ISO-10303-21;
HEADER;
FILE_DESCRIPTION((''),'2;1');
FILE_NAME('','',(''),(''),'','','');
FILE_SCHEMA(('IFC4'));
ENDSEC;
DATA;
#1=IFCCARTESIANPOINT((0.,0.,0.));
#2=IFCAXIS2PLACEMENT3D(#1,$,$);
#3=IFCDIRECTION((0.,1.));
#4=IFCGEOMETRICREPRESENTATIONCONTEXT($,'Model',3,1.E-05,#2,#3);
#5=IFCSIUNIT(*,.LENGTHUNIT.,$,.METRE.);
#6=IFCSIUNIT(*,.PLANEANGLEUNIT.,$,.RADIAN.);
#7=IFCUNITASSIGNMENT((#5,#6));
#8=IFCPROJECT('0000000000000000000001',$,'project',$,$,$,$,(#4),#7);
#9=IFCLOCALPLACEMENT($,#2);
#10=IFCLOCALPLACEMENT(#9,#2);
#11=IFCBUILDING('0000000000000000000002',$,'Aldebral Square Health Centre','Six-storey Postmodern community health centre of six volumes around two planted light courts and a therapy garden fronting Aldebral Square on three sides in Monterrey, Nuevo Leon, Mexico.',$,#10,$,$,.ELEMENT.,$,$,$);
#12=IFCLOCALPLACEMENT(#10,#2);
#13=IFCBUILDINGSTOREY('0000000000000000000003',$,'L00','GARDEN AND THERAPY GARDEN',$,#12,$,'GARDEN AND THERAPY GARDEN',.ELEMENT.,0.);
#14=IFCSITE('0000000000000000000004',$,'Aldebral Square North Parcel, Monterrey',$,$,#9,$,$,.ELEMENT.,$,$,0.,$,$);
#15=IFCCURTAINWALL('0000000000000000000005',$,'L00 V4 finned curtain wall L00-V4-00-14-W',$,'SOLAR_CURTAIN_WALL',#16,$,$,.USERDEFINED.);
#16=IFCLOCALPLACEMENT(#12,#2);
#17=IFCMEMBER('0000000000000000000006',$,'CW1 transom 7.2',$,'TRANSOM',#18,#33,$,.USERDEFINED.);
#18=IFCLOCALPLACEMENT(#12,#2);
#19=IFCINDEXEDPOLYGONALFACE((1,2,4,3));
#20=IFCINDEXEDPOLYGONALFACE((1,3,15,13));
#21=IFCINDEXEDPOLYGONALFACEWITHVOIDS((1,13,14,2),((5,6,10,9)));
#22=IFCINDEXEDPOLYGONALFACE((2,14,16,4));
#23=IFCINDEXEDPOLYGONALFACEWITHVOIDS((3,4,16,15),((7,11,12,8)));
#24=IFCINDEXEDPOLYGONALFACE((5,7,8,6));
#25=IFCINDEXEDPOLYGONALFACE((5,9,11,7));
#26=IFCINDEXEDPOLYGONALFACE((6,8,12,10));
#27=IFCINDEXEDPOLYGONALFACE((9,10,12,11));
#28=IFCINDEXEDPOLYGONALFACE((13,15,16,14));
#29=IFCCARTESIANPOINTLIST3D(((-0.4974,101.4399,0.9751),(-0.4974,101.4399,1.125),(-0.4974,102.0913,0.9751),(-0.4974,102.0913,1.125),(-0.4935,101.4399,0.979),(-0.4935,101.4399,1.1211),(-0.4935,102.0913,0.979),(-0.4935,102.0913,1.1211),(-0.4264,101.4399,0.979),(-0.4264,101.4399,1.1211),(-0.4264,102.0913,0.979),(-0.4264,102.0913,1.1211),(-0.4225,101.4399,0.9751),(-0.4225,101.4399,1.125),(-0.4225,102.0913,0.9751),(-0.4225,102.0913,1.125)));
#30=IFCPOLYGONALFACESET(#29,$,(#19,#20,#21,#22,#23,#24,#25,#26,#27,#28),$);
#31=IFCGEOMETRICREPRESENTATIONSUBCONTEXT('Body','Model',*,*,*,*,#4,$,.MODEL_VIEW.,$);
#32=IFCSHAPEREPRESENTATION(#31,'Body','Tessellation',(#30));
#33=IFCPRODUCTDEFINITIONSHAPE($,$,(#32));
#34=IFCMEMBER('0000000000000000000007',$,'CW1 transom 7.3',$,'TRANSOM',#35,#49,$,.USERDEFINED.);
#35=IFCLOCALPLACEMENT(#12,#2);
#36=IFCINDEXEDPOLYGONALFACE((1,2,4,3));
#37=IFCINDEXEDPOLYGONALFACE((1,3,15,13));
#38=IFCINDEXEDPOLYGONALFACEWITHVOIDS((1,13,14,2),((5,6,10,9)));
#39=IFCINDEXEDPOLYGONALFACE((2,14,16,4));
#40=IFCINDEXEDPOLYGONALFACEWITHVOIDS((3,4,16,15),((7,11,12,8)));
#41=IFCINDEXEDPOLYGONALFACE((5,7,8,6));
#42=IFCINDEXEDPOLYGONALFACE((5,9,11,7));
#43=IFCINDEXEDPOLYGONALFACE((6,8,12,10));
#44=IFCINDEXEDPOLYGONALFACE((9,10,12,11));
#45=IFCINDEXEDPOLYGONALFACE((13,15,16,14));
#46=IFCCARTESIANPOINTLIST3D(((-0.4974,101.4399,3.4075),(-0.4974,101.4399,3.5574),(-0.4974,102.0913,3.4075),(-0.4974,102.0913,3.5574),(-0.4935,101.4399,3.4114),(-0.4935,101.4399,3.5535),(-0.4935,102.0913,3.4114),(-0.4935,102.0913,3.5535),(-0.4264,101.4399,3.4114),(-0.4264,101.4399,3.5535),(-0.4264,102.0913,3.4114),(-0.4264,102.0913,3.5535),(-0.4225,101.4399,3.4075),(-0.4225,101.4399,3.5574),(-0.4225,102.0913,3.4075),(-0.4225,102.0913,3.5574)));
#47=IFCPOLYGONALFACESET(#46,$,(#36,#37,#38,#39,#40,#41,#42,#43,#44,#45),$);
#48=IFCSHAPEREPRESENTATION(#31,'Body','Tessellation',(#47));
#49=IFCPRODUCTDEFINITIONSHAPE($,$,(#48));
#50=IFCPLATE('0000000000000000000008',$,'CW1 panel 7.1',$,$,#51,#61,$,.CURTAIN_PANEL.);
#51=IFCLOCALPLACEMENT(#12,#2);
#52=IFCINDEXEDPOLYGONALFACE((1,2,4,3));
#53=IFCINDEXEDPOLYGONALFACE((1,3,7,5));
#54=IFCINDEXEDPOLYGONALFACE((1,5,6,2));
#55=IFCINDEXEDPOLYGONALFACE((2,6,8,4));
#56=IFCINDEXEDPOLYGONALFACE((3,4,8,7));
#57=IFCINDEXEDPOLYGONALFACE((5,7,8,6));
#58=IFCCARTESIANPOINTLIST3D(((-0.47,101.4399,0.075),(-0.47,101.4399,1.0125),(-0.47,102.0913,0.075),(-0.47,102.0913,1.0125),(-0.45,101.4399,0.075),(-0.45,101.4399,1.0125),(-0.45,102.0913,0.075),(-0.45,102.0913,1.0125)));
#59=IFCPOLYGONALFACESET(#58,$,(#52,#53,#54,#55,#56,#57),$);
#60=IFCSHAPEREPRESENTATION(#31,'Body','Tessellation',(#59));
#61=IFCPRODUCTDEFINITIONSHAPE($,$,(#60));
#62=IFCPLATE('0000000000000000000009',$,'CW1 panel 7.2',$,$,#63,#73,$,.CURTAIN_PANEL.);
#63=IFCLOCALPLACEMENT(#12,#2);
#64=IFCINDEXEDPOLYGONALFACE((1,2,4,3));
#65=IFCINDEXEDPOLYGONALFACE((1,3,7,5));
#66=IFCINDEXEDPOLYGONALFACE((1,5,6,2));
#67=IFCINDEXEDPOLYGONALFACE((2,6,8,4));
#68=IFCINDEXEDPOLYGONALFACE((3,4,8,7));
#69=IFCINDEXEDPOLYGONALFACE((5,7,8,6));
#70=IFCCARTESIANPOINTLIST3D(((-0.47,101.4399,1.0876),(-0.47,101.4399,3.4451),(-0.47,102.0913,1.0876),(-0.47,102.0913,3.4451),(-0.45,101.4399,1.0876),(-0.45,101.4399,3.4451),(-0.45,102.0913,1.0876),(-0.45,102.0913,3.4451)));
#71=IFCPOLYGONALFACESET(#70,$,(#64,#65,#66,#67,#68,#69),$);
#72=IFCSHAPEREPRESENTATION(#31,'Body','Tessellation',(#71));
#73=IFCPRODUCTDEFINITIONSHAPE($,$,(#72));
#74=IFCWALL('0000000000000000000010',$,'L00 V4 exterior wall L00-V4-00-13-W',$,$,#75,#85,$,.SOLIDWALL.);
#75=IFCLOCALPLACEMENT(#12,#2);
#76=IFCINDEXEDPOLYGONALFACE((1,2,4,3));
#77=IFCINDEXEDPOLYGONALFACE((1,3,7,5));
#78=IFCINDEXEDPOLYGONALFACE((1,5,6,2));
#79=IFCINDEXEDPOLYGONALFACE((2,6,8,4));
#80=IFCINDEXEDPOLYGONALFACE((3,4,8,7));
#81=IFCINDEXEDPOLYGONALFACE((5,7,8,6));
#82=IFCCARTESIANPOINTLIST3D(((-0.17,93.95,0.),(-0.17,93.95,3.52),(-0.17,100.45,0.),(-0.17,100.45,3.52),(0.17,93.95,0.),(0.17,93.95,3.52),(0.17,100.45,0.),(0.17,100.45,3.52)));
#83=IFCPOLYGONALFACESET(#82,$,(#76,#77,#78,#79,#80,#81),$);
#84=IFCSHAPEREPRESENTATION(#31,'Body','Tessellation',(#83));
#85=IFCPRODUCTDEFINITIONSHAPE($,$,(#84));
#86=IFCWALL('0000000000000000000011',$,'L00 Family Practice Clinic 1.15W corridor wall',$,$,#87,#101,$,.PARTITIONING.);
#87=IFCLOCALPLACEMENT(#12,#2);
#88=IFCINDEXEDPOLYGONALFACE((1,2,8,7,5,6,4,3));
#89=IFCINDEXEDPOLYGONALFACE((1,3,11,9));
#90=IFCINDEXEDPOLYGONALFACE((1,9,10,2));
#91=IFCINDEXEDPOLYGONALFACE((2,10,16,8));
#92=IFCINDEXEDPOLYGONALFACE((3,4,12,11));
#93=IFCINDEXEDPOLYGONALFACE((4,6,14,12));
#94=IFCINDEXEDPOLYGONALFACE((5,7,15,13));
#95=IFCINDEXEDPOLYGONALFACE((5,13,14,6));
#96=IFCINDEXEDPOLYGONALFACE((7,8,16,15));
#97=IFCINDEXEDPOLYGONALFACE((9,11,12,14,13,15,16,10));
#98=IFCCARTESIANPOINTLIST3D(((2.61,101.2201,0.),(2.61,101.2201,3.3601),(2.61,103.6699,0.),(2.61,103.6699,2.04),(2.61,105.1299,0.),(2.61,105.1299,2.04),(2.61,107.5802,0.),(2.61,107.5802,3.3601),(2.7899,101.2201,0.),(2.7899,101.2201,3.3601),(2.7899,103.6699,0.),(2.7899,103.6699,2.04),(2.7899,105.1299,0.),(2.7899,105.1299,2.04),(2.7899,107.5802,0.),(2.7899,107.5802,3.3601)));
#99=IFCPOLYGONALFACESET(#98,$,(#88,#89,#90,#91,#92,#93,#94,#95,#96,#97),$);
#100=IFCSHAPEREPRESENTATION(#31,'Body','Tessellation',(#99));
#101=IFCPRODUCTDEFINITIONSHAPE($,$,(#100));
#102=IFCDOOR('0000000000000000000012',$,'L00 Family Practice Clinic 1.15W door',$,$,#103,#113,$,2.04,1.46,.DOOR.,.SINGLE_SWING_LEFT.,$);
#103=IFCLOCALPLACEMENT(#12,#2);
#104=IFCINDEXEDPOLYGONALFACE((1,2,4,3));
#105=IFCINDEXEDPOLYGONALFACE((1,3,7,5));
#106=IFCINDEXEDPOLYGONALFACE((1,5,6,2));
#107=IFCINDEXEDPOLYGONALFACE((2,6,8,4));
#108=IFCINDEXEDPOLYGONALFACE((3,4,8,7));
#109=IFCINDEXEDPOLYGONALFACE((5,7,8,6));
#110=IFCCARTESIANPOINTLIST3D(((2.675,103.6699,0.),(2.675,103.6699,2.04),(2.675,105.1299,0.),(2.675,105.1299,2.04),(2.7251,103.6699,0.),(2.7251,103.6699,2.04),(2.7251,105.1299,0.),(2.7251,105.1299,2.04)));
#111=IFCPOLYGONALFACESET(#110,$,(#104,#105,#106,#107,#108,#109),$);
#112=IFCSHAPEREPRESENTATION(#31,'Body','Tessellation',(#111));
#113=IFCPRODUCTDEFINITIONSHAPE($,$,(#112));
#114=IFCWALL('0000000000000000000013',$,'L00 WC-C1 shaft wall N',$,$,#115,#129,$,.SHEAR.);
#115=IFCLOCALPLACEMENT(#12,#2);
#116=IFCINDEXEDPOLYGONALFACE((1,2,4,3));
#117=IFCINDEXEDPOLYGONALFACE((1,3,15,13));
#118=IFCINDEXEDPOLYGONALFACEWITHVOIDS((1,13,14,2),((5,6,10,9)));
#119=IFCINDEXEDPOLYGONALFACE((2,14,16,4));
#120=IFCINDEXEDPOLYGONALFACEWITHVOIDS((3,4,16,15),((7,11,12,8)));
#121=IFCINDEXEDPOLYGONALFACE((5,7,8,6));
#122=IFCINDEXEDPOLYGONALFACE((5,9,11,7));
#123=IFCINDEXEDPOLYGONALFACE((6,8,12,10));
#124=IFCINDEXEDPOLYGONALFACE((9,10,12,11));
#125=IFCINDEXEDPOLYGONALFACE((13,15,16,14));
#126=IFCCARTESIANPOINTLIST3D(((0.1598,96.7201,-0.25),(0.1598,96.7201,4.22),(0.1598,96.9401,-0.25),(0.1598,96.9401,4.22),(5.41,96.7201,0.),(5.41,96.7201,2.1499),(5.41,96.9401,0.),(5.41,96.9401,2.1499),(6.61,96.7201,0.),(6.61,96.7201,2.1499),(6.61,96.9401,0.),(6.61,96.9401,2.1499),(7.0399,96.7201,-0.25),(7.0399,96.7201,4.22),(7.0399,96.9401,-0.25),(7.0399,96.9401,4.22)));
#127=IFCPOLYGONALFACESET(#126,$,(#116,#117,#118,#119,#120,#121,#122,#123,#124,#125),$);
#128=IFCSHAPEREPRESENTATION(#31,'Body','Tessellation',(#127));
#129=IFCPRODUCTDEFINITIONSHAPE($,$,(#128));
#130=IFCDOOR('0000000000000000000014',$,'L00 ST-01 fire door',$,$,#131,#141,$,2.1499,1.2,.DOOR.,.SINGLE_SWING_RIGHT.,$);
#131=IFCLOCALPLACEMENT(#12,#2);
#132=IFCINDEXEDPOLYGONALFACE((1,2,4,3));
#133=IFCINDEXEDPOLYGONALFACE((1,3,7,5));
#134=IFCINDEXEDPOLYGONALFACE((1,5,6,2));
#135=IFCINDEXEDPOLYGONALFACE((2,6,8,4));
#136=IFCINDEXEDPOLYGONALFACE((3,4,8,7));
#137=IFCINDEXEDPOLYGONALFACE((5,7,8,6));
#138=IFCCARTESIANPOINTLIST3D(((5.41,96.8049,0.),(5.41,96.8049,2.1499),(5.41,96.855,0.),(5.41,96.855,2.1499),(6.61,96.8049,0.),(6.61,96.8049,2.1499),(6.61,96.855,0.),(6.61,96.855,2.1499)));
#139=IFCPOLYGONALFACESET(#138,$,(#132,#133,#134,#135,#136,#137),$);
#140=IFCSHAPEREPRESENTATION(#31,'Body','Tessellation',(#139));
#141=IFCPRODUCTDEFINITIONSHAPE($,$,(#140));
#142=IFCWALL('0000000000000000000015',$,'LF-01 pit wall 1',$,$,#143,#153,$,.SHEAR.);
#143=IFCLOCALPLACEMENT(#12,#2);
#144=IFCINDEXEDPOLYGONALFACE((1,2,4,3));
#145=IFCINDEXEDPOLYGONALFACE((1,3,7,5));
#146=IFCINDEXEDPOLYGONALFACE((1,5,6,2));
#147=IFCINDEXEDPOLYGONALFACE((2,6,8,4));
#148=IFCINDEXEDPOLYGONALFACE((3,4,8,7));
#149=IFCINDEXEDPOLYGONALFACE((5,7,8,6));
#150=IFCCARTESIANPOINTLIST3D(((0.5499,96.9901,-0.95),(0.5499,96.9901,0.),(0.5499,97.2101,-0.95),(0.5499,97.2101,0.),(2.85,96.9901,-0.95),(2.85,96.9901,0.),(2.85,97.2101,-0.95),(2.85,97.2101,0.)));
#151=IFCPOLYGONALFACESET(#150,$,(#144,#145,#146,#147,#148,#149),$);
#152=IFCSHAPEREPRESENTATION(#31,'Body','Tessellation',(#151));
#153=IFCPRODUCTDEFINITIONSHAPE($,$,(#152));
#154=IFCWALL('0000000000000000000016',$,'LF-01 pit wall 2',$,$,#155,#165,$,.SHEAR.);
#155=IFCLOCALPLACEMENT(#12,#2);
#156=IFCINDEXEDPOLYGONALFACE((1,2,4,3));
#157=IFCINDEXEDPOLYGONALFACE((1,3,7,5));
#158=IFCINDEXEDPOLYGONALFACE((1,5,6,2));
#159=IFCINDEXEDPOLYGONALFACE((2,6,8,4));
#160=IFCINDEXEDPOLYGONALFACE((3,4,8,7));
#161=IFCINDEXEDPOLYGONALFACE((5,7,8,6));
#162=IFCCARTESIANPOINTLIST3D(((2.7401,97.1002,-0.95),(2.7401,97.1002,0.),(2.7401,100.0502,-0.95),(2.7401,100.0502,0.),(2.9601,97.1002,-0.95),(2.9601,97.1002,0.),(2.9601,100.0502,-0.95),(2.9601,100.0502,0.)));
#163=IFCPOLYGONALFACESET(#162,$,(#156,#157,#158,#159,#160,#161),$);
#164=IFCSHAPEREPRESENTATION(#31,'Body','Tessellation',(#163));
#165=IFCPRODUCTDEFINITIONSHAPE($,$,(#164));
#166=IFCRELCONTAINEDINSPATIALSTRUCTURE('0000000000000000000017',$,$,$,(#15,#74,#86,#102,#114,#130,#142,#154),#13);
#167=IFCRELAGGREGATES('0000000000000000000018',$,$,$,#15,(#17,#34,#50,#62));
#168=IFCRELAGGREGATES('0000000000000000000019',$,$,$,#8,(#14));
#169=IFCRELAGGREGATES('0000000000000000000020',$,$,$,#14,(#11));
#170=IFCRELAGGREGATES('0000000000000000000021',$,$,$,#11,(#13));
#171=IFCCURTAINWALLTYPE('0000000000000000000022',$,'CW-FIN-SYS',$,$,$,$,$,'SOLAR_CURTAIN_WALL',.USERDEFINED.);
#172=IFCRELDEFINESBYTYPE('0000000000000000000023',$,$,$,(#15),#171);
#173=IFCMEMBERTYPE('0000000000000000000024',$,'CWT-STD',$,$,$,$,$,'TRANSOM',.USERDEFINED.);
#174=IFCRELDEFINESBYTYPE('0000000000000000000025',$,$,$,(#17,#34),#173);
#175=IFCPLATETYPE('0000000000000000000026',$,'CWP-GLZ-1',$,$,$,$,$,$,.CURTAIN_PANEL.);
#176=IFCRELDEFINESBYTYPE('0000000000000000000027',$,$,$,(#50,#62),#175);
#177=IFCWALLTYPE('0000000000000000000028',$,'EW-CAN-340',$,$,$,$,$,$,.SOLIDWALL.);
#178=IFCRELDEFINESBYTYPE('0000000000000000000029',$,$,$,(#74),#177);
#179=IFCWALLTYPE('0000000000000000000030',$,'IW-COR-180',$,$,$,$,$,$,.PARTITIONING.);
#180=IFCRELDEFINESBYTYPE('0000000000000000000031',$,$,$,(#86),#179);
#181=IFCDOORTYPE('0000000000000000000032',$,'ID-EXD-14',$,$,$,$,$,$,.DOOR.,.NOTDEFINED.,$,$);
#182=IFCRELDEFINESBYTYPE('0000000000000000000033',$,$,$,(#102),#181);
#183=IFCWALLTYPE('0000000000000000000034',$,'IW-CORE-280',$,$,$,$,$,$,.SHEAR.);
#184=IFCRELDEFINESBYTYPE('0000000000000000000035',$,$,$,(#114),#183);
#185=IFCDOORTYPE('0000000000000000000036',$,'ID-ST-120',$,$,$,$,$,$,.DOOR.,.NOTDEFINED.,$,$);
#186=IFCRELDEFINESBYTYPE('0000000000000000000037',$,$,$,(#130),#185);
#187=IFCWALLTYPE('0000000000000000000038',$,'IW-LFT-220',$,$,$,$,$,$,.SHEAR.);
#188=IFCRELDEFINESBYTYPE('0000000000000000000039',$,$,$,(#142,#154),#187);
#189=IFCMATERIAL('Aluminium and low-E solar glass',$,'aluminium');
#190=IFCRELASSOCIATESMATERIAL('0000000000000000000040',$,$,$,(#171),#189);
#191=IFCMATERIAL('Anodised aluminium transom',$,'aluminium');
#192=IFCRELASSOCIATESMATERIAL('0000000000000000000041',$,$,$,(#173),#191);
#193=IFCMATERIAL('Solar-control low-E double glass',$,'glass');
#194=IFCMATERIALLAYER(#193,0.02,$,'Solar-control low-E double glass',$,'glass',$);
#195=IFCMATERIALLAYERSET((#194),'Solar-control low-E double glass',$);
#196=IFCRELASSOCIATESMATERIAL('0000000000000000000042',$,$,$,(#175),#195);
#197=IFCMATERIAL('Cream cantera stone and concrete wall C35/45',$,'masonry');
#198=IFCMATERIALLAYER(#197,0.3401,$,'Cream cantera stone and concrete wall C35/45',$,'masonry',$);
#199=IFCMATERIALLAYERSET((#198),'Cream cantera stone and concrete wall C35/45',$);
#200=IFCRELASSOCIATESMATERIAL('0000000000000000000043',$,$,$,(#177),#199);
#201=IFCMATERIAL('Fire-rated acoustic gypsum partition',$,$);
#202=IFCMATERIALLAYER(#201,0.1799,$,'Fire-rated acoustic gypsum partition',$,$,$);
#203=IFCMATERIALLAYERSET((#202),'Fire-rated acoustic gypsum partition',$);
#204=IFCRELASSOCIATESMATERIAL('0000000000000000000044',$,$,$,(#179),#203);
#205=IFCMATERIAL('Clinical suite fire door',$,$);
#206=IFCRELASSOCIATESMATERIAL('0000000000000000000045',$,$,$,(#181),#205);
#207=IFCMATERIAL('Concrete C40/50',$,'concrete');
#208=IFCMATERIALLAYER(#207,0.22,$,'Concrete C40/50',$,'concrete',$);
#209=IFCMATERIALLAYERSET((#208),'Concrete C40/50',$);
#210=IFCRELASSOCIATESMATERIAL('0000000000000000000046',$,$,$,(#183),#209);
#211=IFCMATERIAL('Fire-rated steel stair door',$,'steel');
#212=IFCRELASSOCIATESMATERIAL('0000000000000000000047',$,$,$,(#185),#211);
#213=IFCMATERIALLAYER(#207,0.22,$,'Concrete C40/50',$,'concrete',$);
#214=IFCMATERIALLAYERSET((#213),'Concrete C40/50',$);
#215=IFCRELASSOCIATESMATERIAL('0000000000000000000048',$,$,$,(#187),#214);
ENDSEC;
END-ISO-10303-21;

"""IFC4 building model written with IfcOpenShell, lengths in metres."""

from ifc_helpers import new_model, si_unit, direction, frame, frame_2d, origin, origin_2d, place, context, subcontext, project, spatial, rectangle, hollow_rectangle, extrude, material, layer, layer_set, material_profile, profile_set, type_object, element, fill, aggregate, save


model = new_model("IFC4")

# Units and contexts
model_context = context("Model", 3, precision=1e-05, world=origin(), true_north=direction((0.0, 1.0)))
body_context = subcontext(model_context, "Body", "Model", "MODEL_VIEW")
ifc_project = project(units=[si_unit("LENGTHUNIT", "METRE"), si_unit("PLANEANGLEUNIT", "RADIAN")], contexts=[model_context])

# Site, building, storey
site_placement = place(None, origin())
site = spatial("IfcSite", under=ifc_project, at=site_placement, Name="Aldebral Square North Parcel, Monterrey", CompositionType="ELEMENT", RefElevation=0.0)
building_placement = place(site_placement, origin())
building = spatial("IfcBuilding", under=site, at=building_placement, Name="Aldebral Square Health Centre", Description="Six-storey Postmodern community health centre of six volumes around two planted light courts and a therapy garden fronting Aldebral Square on three sides in Monterrey, Nuevo Leon, Mexico.", CompositionType="ELEMENT")
storey_placement = place(building_placement, origin())
storey = spatial("IfcBuildingStorey", under=building, at=storey_placement, Name="L00", Description="GARDEN AND THERAPY GARDEN", LongName="GARDEN AND THERAPY GARDEN", CompositionType="ELEMENT", Elevation=0.0)

# Shared definitions
ifc_material_1 = material(Name="Concrete C40/50", Category="concrete")

# Curtain wall, members, plates
ifc_material_2 = material(Name="Aluminium and low-E solar glass", Category="aluminium")
curtain_wall_type = type_object("IfcCurtainWallType", Name="CW-FIN-SYS", ElementType="SOLAR_CURTAIN_WALL", PredefinedType="USERDEFINED", material=ifc_material_2)
curtain_wall_placement = place(storey_placement, origin())
curtain_wall = element("IfcCurtainWall", 1, at=curtain_wall_placement, inside=storey, type_object=curtain_wall_type, Name="L00 V4 finned curtain wall L00-V4-00-14-W", ObjectType="SOLAR_CURTAIN_WALL", PredefinedType="USERDEFINED")
ifc_material_3 = material(Name="Anodised aluminium transom", Category="aluminium")
ifc_material_profile_1 = material_profile(ifc_material_3, hollow_rectangle(XDim=0.075, YDim=0.1499, WallThickness=0.0039, at=origin_2d()), Name="CWT 75x150x4")
ifc_profile_set_1 = profile_set([ifc_material_profile_1], Name="Anodised aluminium transom")
member_type_1 = type_object("IfcMemberType", Name="CWT-STD", ElementType="TRANSOM", PredefinedType="USERDEFINED", material=ifc_profile_set_1)
member_1_placement = place(storey_placement, frame((-0.46, 102.0913, 1.05), z_axis=(0.0, -1.0, 0.0), x_axis=(1.0, 0.0, 0.0)))
member_1 = element("IfcMember", 2, at=member_1_placement, type_object=member_type_1, Name="CW1 transom 7.2", ObjectType="TRANSOM", PredefinedType="USERDEFINED", context=body_context, shape_type="SweptSolid", body=[
    extrude(hollow_rectangle(XDim=0.075, YDim=0.1499, WallThickness=0.0039, at=origin_2d()), origin(), (0.0, 0.0, 1.0), 0.6514),
])
member_2_placement = place(storey_placement, frame((-0.46, 102.0913, 3.4824), z_axis=(0.0, -1.0, 0.0), x_axis=(1.0, 0.0, 0.0)))
member_2 = element("IfcMember", 3, at=member_2_placement, type_object=member_type_1, Name="CW1 transom 7.3", ObjectType="TRANSOM", PredefinedType="USERDEFINED", context=body_context, shape_type="SweptSolid", body=[
    extrude(hollow_rectangle(XDim=0.075, YDim=0.1499, WallThickness=0.0039, at=origin_2d()), origin(), (0.0, 0.0, 1.0), 0.6514),
])
ifc_material_4 = material(Name="Solar-control low-E double glass", Category="glass")
ifc_layer_1 = layer(ifc_material_4, 0.02, Name="Solar-control low-E double glass", Category="glass")
ifc_layer_set_1 = layer_set([ifc_layer_1], Name="Solar-control low-E double glass")
plate_type = type_object("IfcPlateType", Name="CWP-GLZ-1", PredefinedType="CURTAIN_PANEL", material=ifc_layer_set_1)
plate_1_placement = place(storey_placement, frame((-0.46, 101.7656, 0.075), z_axis=(0.0, 0.0, 1.0), x_axis=(0.0, -1.0, 0.0)))
plate_1 = element("IfcPlate", 4, at=plate_1_placement, type_object=plate_type, Name="CW1 panel 7.1", PredefinedType="CURTAIN_PANEL", context=body_context, shape_type="SweptSolid", body=[
    extrude(rectangle(XDim=0.6514, YDim=0.02, at=origin_2d()), origin(), (0.0, 0.0, 1.0), 0.9375),
])
plate_2_placement = place(storey_placement, frame((-0.46, 101.7656, 1.0876), z_axis=(0.0, 0.0, 1.0), x_axis=(0.0, -1.0, 0.0)))
plate_2 = element("IfcPlate", 5, at=plate_2_placement, type_object=plate_type, Name="CW1 panel 7.2", PredefinedType="CURTAIN_PANEL", context=body_context, shape_type="SweptSolid", body=[
    extrude(rectangle(XDim=0.6514, YDim=0.02, at=origin_2d()), origin(), (0.0, 0.0, 1.0), 2.3574),
])
aggregate(curtain_wall, [member_1, member_2, plate_1, plate_2])

# Wall
ifc_material_5 = material(Name="Cream cantera stone and concrete wall C35/45", Category="masonry")
ifc_layer_2 = layer(ifc_material_5, 0.3401, Name="Cream cantera stone and concrete wall C35/45", Category="masonry")
ifc_layer_set_2 = layer_set([ifc_layer_2], Name="Cream cantera stone and concrete wall C35/45")
wall_type_1 = type_object("IfcWallType", Name="EW-CAN-340", PredefinedType="SOLIDWALL", material=ifc_layer_set_2)
wall_1_placement = place(storey_placement, frame((0.0, 100.45, 0.0), z_axis=(0.0, 0.0, 1.0), x_axis=(0.0, -1.0, 0.0)))
element("IfcWall", 6, at=wall_1_placement, inside=storey, type_object=wall_type_1, Name="L00 V4 exterior wall L00-V4-00-13-W", PredefinedType="SOLIDWALL", context=body_context, shape_type="SweptSolid", body=[
    extrude(rectangle(XDim=6.5, YDim=0.3401, at=frame_2d((3.25, 0.0))), origin(), (0.0, 0.0, 1.0), 3.52),
])

# Walls, openings, doors
ifc_material_6 = material(Name="Fire-rated acoustic gypsum partition")
ifc_layer_3 = layer(ifc_material_6, 0.1799, Name="Fire-rated acoustic gypsum partition")
ifc_layer_set_3 = layer_set([ifc_layer_3], Name="Fire-rated acoustic gypsum partition")
wall_type_2 = type_object("IfcWallType", Name="IW-COR-180", PredefinedType="PARTITIONING", material=ifc_layer_set_3)
wall_2_placement = place(storey_placement, frame((2.7, 101.22, 0.0), z_axis=(0.0, 0.0, 1.0), x_axis=(0.0, 1.0, 0.0)))
wall_2 = element("IfcWall", 7, at=wall_2_placement, inside=storey, type_object=wall_type_2, Name="L00 Family Practice Clinic 1.15W corridor wall", PredefinedType="PARTITIONING", context=body_context, shape_type="SweptSolid", body=[
    extrude(rectangle(XDim=6.3601, YDim=0.1799, at=frame_2d((3.1802, 0.0))), origin(), (0.0, 0.0, 1.0), 3.3601),
])
opening_1_placement = place(wall_2_placement, frame((2.45, 0.0, 0.0)))
opening_1 = element("IfcOpeningElement", 8, at=opening_1_placement, cuts=wall_2, PredefinedType="OPENING", context=body_context, shape_type="SweptSolid", body=[
    extrude(rectangle(XDim=1.46, YDim=2.04, at=frame_2d((0.73, 1.02))), frame((0.0, 0.1001, 0.0), z_axis=(0.0, -1.0, 0.0), x_axis=(1.0, 0.0, 0.0)), (0.0, 0.0, 1.0), 0.2),
])
ifc_material_7 = material(Name="Clinical suite fire door")
door_type_1 = type_object("IfcDoorType", Name="ID-EXD-14", OperationType="NOTDEFINED", PredefinedType="DOOR", material=ifc_material_7)
door_1_placement = place(opening_1_placement, origin())
door_1 = element("IfcDoor", 9, at=door_1_placement, inside=storey, type_object=door_type_1, Name="L00 Family Practice Clinic 1.15W door", OperationType="SINGLE_SWING_LEFT", OverallHeight=2.04, OverallWidth=1.46, PredefinedType="DOOR", context=body_context, shape_type="SweptSolid", body=[
    extrude(rectangle(XDim=1.46, YDim=2.04, at=frame_2d((0.73, 1.02))), frame((0.0, 0.0249, 0.0), z_axis=(0.0, -1.0, 0.0), x_axis=(1.0, 0.0, 0.0)), (0.0, 0.0, 1.0), 0.05),
])
fill(opening_1, door_1)
ifc_layer_4 = layer(ifc_material_1, 0.22, Name="Concrete C40/50", Category="concrete")
ifc_layer_set_4 = layer_set([ifc_layer_4], Name="Concrete C40/50")
wall_type_3 = type_object("IfcWallType", Name="IW-CORE-280", PredefinedType="SHEAR", material=ifc_layer_set_4)
wall_3_placement = place(storey_placement, frame((0.1599, 96.8301, -0.25), z_axis=(0.0, 0.0, 1.0), x_axis=(1.0, 0.0, 0.0)))
wall_3 = element("IfcWall", 10, at=wall_3_placement, inside=storey, type_object=wall_type_3, Name="L00 WC-C1 shaft wall N", PredefinedType="SHEAR", context=body_context, shape_type="SweptSolid", body=[
    extrude(rectangle(XDim=6.8801, YDim=0.22, at=frame_2d((3.4399, 0.0))), origin(), (0.0, 0.0, 1.0), 4.47),
])
opening_2_placement = place(wall_3_placement, frame((5.25, 0.0, 0.25)))
opening_2 = element("IfcOpeningElement", 11, at=opening_2_placement, cuts=wall_3, PredefinedType="OPENING", context=body_context, shape_type="SweptSolid", body=[
    extrude(rectangle(XDim=1.2, YDim=2.1499, at=frame_2d((0.6001, 1.075))), frame((0.0, 0.1201, 0.0), z_axis=(0.0, -1.0, 0.0), x_axis=(1.0, 0.0, 0.0)), (0.0, 0.0, 1.0), 0.24),
])
ifc_material_8 = material(Name="Fire-rated steel stair door", Category="steel")
door_type_2 = type_object("IfcDoorType", Name="ID-ST-120", OperationType="NOTDEFINED", PredefinedType="DOOR", material=ifc_material_8)
door_2_placement = place(opening_2_placement, origin())
door_2 = element("IfcDoor", 12, at=door_2_placement, inside=storey, type_object=door_type_2, Name="L00 ST-01 fire door", OperationType="SINGLE_SWING_RIGHT", OverallHeight=2.1499, OverallWidth=1.2, PredefinedType="DOOR", context=body_context, shape_type="SweptSolid", body=[
    extrude(rectangle(XDim=1.2, YDim=2.1499, at=frame_2d((0.6001, 1.075))), frame((0.0, 0.0249, 0.0), z_axis=(0.0, -1.0, 0.0), x_axis=(1.0, 0.0, 0.0)), (0.0, 0.0, 1.0), 0.05),
])
fill(opening_2, door_2)

# Walls
ifc_layer_5 = layer(ifc_material_1, 0.22, Name="Concrete C40/50", Category="concrete")
ifc_layer_set_5 = layer_set([ifc_layer_5], Name="Concrete C40/50")
wall_type_4 = type_object("IfcWallType", Name="IW-LFT-220", PredefinedType="SHEAR", material=ifc_layer_set_5)
wall_4_placement = place(storey_placement, frame((0.55, 97.1001, -0.95), z_axis=(0.0, 0.0, 1.0), x_axis=(1.0, 0.0, 0.0)))
element("IfcWall", 13, at=wall_4_placement, inside=storey, type_object=wall_type_4, Name="LF-01 pit wall 1", PredefinedType="SHEAR", context=body_context, shape_type="SweptSolid", body=[
    extrude(rectangle(XDim=2.3, YDim=0.22, at=frame_2d((1.1499, 0.0))), origin(), (0.0, 0.0, 1.0), 0.95),
])
wall_5_placement = place(storey_placement, frame((2.8501, 97.1001, -0.95), z_axis=(0.0, 0.0, 1.0), x_axis=(0.0, 1.0, 0.0)))
element("IfcWall", 14, at=wall_5_placement, inside=storey, type_object=wall_type_4, Name="LF-01 pit wall 2", PredefinedType="SHEAR", context=body_context, shape_type="SweptSolid", body=[
    extrude(rectangle(XDim=2.95, YDim=0.22, at=frame_2d((1.4751, 0.0))), origin(), (0.0, 0.0, 1.0), 0.95),
])

save(model, "model.ifc")
